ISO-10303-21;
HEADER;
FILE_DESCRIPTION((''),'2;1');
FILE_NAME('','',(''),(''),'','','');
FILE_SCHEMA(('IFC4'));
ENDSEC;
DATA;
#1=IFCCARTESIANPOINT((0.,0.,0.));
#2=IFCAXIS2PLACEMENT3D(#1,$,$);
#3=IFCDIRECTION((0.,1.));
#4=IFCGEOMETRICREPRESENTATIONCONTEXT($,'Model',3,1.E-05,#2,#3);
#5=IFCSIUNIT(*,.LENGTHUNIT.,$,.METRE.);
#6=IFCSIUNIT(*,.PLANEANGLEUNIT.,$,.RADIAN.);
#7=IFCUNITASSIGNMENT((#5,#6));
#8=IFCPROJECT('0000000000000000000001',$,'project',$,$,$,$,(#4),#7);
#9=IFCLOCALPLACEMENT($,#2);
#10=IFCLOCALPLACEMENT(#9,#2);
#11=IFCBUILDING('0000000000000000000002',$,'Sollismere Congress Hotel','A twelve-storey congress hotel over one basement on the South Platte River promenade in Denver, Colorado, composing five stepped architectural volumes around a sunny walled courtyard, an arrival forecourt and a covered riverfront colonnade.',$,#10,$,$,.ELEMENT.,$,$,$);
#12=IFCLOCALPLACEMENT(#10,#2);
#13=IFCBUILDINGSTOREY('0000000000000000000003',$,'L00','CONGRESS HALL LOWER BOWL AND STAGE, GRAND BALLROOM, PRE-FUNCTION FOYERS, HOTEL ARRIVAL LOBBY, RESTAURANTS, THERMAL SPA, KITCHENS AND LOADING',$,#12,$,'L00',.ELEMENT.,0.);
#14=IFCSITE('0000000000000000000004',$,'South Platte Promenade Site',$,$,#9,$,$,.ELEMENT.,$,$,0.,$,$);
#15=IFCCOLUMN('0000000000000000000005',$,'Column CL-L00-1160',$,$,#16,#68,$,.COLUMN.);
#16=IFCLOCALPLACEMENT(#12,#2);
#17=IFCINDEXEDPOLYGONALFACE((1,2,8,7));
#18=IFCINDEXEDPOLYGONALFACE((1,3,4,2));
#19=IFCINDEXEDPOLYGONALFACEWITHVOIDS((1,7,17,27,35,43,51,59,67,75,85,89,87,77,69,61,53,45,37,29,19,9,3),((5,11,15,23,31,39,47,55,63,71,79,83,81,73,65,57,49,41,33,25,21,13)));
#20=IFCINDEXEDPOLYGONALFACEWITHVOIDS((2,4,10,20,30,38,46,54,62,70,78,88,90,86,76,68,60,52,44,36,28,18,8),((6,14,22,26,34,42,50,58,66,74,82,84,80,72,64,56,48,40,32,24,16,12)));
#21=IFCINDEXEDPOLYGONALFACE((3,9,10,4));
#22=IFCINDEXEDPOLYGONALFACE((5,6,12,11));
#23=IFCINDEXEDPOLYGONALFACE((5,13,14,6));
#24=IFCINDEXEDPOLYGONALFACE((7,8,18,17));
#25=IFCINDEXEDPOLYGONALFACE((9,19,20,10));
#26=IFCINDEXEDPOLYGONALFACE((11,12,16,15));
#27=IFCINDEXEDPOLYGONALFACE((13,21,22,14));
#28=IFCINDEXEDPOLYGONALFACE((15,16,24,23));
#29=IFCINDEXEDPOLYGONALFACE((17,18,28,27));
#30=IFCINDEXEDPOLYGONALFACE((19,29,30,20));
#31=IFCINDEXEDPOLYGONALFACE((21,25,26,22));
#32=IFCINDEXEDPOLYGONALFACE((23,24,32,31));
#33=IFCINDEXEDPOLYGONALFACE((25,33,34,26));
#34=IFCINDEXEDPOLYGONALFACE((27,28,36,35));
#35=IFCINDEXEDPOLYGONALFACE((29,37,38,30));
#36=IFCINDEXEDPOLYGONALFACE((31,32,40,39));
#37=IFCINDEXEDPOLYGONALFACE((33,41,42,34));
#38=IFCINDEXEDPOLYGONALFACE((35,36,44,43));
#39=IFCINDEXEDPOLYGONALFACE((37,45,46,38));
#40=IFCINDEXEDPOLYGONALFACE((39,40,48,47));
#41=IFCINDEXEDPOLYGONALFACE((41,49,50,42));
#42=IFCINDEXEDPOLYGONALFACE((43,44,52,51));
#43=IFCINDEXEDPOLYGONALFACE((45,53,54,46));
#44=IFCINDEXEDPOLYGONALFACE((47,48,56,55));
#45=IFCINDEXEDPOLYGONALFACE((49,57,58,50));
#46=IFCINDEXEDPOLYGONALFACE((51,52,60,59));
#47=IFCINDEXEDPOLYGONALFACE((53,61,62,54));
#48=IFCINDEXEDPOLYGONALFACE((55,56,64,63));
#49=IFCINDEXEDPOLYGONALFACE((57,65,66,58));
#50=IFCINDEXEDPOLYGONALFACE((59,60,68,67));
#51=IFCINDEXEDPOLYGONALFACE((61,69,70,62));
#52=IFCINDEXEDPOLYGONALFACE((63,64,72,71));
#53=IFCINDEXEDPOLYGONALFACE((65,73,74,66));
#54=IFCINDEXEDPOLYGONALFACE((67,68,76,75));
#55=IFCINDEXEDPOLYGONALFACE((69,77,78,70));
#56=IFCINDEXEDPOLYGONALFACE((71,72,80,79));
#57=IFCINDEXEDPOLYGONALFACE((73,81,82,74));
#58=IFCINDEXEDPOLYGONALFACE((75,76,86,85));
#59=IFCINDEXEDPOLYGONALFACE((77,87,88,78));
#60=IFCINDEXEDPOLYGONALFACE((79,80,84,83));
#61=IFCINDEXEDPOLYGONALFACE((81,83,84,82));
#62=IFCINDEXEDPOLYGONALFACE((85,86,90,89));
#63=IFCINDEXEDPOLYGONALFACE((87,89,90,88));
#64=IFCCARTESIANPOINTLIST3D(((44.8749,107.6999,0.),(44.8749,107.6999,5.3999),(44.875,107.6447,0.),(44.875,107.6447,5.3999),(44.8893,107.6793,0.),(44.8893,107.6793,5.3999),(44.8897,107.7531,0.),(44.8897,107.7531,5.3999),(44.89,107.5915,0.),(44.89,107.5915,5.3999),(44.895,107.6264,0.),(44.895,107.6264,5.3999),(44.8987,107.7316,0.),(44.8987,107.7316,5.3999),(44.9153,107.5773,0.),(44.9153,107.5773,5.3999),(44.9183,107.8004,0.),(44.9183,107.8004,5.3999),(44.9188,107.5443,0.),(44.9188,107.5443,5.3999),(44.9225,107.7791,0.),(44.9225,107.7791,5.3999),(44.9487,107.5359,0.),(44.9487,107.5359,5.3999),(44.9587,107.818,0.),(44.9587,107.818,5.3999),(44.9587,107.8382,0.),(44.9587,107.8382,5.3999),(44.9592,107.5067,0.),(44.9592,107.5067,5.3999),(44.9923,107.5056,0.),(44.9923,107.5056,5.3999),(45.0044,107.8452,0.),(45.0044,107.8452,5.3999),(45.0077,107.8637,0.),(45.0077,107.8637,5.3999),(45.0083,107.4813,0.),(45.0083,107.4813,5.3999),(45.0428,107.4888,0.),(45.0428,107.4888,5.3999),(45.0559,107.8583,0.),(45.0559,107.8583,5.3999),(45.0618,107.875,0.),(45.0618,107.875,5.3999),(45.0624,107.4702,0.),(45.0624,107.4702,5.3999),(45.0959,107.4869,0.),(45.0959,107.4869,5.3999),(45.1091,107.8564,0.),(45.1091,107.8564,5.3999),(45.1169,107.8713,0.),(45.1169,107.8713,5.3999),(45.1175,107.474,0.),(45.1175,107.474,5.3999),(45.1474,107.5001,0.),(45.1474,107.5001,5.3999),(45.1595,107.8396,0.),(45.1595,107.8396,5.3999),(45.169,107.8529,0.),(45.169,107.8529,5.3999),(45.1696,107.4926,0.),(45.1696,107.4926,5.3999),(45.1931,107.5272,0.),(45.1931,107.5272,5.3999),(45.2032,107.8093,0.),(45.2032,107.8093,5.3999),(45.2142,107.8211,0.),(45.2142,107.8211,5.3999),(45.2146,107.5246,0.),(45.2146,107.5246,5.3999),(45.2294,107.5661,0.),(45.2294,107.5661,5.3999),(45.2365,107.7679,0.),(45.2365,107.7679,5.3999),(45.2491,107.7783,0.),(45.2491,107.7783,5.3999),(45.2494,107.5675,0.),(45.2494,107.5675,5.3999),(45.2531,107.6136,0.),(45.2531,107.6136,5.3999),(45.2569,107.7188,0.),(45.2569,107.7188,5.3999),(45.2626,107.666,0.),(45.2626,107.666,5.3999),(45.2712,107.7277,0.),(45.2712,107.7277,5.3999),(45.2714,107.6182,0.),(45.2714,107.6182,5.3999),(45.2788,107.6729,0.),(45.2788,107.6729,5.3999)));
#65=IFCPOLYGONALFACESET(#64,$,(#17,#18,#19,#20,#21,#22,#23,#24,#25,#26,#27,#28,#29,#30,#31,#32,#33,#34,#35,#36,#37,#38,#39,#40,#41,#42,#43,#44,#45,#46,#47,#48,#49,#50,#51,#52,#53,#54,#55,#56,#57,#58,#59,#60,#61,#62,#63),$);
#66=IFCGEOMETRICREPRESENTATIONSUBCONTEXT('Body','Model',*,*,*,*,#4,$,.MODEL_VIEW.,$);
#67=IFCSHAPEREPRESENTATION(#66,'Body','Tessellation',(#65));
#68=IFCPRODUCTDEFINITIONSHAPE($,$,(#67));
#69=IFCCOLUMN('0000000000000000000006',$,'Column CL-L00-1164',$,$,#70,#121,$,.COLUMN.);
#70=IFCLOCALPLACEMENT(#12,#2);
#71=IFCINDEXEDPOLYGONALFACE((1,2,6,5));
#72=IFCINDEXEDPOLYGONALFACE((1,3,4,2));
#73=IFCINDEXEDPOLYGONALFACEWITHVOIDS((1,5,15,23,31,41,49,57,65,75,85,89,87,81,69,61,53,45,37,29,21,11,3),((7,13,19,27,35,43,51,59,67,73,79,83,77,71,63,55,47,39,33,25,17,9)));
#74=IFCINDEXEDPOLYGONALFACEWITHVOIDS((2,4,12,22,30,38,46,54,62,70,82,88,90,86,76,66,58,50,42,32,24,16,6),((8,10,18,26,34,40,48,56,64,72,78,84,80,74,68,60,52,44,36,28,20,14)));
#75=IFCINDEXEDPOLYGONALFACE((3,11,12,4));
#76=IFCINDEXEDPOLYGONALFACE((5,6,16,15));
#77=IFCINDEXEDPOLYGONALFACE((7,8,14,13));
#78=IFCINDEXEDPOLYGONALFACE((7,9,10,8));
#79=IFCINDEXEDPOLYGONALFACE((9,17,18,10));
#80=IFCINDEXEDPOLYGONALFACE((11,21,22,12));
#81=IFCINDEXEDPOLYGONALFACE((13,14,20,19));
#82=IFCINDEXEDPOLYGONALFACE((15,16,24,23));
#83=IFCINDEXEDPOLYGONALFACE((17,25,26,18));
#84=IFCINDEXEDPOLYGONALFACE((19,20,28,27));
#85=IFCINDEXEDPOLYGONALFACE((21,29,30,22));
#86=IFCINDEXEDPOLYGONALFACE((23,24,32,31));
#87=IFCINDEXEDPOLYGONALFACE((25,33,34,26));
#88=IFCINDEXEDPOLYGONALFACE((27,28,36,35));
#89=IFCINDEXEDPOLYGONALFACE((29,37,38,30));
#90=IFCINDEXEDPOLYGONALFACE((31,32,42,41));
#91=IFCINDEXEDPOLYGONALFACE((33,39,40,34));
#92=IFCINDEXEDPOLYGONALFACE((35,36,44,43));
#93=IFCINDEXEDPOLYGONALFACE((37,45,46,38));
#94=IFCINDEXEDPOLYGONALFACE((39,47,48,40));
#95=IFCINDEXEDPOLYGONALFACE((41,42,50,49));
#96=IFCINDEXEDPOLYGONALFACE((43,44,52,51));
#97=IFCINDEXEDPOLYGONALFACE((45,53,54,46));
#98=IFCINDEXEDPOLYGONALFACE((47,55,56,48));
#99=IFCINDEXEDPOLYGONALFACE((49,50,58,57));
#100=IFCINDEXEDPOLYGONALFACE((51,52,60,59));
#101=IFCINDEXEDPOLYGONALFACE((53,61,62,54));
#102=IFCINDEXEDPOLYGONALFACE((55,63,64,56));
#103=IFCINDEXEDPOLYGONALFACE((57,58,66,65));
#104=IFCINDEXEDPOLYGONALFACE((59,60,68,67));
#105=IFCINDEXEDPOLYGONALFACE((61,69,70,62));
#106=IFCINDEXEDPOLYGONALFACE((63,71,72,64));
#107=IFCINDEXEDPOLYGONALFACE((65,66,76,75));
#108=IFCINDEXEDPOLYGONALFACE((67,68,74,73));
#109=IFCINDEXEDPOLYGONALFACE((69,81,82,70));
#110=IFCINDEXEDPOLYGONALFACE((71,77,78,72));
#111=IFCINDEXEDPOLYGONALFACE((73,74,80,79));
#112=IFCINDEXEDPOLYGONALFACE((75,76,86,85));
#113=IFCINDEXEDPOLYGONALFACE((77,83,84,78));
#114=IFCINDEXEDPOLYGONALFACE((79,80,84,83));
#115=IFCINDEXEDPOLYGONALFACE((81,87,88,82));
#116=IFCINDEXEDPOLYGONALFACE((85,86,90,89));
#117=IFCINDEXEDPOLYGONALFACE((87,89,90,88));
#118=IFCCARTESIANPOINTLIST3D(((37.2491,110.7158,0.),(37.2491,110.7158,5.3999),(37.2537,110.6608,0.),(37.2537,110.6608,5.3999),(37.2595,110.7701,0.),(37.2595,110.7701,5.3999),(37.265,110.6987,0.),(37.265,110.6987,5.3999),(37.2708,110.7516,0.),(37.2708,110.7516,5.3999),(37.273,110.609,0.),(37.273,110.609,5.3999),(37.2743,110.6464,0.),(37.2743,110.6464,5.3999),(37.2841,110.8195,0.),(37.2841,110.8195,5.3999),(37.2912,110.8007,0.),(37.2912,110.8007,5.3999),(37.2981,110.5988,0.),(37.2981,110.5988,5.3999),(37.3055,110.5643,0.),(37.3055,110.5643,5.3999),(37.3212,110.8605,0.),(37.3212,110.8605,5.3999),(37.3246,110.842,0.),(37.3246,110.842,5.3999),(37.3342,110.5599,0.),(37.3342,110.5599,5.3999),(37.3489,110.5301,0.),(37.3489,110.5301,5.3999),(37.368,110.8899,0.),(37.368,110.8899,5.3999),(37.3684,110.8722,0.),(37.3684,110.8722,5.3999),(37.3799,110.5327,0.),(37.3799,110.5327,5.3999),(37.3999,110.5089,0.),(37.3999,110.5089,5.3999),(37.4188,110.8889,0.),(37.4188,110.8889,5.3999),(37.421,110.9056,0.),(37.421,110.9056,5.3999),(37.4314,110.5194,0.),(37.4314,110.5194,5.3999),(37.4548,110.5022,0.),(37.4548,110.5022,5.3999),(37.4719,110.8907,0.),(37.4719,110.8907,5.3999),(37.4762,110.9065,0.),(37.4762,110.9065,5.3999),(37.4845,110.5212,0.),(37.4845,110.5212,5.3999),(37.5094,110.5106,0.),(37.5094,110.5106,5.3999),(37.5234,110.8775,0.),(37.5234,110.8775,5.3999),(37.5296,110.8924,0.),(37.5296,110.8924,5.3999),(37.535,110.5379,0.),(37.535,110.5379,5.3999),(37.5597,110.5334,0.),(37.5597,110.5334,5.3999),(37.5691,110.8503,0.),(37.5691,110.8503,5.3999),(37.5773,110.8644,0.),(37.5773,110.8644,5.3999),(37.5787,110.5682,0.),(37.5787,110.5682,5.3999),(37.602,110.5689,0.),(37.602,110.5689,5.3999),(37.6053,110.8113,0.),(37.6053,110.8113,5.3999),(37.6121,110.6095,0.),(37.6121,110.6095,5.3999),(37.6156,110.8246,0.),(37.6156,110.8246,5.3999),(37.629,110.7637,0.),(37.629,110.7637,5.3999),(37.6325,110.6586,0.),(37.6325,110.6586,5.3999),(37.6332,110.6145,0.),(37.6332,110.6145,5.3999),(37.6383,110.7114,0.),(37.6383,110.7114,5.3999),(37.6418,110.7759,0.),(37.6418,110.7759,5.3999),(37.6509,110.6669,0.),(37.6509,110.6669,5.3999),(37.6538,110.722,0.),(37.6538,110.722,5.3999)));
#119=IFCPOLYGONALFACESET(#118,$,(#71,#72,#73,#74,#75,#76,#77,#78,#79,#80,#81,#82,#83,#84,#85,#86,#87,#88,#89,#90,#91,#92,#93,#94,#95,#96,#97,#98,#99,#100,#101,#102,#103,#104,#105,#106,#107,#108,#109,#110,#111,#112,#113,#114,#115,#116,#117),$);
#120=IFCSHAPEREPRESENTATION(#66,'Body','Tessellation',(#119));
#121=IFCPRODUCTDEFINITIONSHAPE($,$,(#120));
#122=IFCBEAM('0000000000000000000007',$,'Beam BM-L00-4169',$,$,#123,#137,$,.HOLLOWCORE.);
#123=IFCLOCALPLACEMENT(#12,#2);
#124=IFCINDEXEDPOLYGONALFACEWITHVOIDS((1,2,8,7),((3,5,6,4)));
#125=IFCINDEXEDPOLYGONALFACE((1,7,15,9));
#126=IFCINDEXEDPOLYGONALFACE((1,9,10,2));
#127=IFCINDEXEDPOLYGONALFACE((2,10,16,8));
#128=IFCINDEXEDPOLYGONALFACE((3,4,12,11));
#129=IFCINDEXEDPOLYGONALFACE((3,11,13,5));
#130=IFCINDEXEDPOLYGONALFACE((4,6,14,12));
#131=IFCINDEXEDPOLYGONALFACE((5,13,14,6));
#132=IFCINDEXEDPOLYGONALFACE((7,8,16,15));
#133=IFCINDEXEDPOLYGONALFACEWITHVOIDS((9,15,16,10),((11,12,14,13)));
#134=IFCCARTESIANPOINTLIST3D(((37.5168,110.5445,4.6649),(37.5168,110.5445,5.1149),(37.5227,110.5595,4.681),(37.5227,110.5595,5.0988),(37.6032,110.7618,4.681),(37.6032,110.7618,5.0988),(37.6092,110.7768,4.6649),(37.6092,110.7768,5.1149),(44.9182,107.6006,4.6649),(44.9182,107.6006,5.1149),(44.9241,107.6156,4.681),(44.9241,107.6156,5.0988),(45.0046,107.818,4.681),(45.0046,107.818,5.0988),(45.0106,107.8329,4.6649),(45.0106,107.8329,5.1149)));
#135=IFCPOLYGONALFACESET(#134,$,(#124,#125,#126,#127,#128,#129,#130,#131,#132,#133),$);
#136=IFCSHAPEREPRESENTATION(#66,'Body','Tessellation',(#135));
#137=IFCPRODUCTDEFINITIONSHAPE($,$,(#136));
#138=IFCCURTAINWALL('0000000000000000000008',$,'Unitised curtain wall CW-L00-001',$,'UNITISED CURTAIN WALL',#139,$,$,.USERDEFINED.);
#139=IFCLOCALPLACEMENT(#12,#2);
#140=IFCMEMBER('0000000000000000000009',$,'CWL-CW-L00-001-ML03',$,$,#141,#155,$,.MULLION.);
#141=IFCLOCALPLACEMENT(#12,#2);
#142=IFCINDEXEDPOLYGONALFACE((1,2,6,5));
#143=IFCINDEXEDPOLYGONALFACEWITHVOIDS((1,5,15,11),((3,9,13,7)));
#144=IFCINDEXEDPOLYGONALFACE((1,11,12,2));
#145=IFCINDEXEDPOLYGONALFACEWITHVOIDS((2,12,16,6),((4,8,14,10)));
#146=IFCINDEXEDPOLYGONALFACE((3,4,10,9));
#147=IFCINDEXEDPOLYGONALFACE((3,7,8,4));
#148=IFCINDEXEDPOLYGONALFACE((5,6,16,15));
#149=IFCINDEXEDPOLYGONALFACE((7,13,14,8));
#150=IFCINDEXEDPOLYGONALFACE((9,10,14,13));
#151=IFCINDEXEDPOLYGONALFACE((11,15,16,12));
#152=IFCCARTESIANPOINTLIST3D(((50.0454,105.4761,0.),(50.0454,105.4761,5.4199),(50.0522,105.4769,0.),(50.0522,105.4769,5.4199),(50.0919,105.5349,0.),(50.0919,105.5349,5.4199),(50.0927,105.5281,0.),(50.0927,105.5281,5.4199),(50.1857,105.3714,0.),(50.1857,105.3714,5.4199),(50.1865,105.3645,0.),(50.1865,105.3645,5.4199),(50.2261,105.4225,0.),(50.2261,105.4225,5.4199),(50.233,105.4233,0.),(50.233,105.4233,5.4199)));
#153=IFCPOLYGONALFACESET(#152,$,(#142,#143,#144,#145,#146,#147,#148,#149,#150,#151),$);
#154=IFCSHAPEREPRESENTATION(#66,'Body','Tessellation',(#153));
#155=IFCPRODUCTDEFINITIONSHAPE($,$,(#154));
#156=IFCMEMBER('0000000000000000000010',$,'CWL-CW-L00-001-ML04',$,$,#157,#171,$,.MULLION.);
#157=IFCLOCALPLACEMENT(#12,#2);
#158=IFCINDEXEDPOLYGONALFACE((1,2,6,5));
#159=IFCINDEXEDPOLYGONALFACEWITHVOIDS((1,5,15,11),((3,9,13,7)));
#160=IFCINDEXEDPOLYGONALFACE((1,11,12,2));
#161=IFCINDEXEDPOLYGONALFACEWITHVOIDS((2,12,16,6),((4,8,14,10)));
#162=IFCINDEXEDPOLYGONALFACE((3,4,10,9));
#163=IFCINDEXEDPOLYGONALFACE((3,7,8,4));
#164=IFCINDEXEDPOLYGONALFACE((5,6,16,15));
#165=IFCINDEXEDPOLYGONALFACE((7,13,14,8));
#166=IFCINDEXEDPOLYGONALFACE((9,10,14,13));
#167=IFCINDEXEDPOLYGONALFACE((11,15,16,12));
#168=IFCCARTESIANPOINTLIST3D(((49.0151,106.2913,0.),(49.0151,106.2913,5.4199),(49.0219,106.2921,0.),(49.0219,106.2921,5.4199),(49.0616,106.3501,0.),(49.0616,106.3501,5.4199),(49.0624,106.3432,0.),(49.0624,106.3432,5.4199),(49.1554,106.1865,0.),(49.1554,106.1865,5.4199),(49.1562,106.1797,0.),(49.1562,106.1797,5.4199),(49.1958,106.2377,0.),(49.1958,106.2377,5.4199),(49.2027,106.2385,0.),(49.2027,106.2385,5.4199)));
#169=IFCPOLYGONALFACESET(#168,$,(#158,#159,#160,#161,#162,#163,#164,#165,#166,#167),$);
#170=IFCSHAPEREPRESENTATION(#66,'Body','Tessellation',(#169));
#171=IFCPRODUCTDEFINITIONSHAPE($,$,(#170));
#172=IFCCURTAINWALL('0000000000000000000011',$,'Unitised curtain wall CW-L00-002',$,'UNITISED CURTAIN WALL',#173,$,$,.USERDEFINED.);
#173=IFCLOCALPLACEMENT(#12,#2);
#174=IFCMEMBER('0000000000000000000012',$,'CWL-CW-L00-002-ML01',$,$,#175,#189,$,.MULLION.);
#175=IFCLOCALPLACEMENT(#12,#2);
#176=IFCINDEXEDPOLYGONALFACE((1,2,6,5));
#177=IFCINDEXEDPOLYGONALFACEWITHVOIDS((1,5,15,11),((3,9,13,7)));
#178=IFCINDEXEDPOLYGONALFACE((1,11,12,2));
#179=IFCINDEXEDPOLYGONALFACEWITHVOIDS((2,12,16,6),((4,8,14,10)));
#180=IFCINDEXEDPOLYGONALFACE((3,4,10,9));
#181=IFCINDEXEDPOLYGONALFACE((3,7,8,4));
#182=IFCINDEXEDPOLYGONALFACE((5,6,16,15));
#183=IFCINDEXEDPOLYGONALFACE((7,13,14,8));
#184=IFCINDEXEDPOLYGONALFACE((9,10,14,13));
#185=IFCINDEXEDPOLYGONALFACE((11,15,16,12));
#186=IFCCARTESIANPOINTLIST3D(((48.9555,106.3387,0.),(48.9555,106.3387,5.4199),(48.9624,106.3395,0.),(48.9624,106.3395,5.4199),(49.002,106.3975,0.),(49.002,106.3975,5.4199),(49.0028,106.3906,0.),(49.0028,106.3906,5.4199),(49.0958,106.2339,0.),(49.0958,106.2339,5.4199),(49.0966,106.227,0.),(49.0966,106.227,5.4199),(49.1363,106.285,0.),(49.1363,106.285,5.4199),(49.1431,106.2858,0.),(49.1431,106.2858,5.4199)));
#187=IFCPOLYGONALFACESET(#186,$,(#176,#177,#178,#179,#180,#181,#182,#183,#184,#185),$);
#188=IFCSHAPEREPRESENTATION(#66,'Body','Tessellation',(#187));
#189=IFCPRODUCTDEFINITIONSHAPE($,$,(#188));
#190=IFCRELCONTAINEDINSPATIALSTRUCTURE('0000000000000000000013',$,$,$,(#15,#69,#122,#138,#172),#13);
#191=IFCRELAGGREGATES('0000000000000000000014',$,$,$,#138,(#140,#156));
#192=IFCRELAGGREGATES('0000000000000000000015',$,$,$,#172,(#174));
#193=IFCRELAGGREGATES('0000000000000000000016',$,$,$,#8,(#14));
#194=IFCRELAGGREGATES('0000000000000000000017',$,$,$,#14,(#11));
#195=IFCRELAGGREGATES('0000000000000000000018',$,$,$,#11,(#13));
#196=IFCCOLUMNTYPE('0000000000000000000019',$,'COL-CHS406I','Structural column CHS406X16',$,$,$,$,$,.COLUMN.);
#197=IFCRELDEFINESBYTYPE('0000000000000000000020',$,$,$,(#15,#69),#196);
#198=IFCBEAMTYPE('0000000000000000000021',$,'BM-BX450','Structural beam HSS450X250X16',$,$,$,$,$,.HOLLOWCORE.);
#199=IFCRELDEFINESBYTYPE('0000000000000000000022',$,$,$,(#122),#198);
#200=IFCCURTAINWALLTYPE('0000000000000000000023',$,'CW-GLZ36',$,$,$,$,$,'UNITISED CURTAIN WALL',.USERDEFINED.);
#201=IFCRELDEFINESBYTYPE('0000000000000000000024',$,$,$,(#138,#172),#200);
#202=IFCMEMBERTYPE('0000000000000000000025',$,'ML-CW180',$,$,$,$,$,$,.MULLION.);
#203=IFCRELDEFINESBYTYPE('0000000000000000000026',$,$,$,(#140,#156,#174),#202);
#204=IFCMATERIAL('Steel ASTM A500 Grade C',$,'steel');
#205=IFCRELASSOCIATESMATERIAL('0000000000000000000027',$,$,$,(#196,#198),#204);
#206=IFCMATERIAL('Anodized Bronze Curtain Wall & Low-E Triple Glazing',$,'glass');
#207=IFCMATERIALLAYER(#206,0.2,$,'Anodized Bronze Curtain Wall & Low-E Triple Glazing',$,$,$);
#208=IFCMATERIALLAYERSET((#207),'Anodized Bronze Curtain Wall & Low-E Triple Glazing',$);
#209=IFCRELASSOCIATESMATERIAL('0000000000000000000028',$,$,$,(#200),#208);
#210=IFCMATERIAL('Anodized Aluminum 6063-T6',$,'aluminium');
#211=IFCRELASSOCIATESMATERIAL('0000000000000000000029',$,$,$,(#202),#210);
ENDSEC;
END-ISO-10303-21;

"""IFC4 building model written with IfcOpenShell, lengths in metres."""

from ifc_helpers import new_model, si_unit, direction, frame, origin, origin_2d, place, context, subcontext, project, spatial, hollow_rectangle, hollow_circle, extrude, material, layer, layer_set, material_profile, profile_set, type_object, element, aggregate, save


model = new_model("IFC4")

# Units and contexts
model_context = context("Model", 3, precision=1e-05, world=origin(), true_north=direction((0.0, 1.0)))
body_context = subcontext(model_context, "Body", "Model", "MODEL_VIEW")
ifc_project = project(units=[si_unit("LENGTHUNIT", "METRE"), si_unit("PLANEANGLEUNIT", "RADIAN")], contexts=[model_context])

# Site, building, storey
site_placement = place(None, origin())
site = spatial("IfcSite", under=ifc_project, at=site_placement, Name="South Platte Promenade Site", CompositionType="ELEMENT", RefElevation=0.0)
building_placement = place(site_placement, origin())
building = spatial("IfcBuilding", under=site, at=building_placement, Name="Sollismere Congress Hotel", Description="A twelve-storey congress hotel over one basement on the South Platte River promenade in Denver, Colorado, composing five stepped architectural volumes around a sunny walled courtyard, an arrival forecourt and a covered riverfront colonnade.", CompositionType="ELEMENT")
storey_placement = place(building_placement, origin())
storey = spatial("IfcBuildingStorey", under=building, at=storey_placement, Name="L00", Description="CONGRESS HALL LOWER BOWL AND STAGE, GRAND BALLROOM, PRE-FUNCTION FOYERS, HOTEL ARRIVAL LOBBY, RESTAURANTS, THERMAL SPA, KITCHENS AND LOADING", LongName="L00", CompositionType="ELEMENT", Elevation=0.0)

# Columns
ifc_material_1 = material(Name="Steel ASTM A500 Grade C", Category="steel")
ifc_material_profile_1 = material_profile(ifc_material_1, hollow_circle(Radius=0.2029, WallThickness=0.0161, at=origin_2d()), Name="CHS406X16")
ifc_profile_set_1 = profile_set([ifc_material_profile_1], Name="Steel ASTM A500 Grade C")
column_type = type_object("IfcColumnType", Name="COL-CHS406I", Description="Structural column CHS406X16", PredefinedType="COLUMN", material=ifc_profile_set_1)
for number, where, z_axis, x_axis, name in (
    (1, (45.0759, 107.6726, 0.0), (0.0, 0.0, 1.0), (0.68136, 0.731949, 0.0), "Column CL-L00-1160"),
    (2, (37.4517, 110.7051, 0.0), (0.0, 0.0, 1.0), (0.384295, 0.92321, 0.0), "Column CL-L00-1164"),
):
    element("IfcColumn", number, at=place(storey_placement, frame(where, z_axis=z_axis, x_axis=x_axis)), inside=storey, type_object=column_type, Name=name, PredefinedType="COLUMN", context=body_context, shape_type="SweptSolid", body=[
        extrude(hollow_circle(Radius=0.2029, WallThickness=0.0161, at=origin_2d()), origin(), (0.0, 0.0, 1.0), 5.3999),
    ])

# Beam
ifc_material_profile_2 = material_profile(ifc_material_1, hollow_rectangle(XDim=0.25, YDim=0.45, WallThickness=0.0161, at=origin_2d()), Name="HSS450X250X16")
ifc_profile_set_2 = profile_set([ifc_material_profile_2], Name="Steel ASTM A500 Grade C")
beam_type = type_object("IfcBeamType", Name="BM-BX450", Description="Structural beam HSS450X250X16", PredefinedType="HOLLOWCORE", material=ifc_profile_set_2)
beam_placement = place(storey_placement, frame((44.9644, 107.7168, 4.8899), z_axis=(-0.929198, 0.369583, 0.0), x_axis=(-0.369583, -0.929198, 0.0)))
element("IfcBeam", 3, at=beam_placement, inside=storey, type_object=beam_type, Name="Beam BM-L00-4169", PredefinedType="HOLLOWCORE", context=body_context, shape_type="SweptSolid", body=[
    extrude(hollow_rectangle(XDim=0.25, YDim=0.45, WallThickness=0.0161, at=origin_2d()), origin(), (0.0, 0.0, 1.0), 7.9653),
])

# Curtain walls, members
ifc_material_2 = material(Name="Anodized Bronze Curtain Wall & Low-E Triple Glazing", Category="glass")
ifc_layer_1 = layer(ifc_material_2, 0.2, Name="Anodized Bronze Curtain Wall & Low-E Triple Glazing")
ifc_layer_set_1 = layer_set([ifc_layer_1], Name="Anodized Bronze Curtain Wall & Low-E Triple Glazing")
curtain_wall_type = type_object("IfcCurtainWallType", Name="CW-GLZ36", ElementType="UNITISED CURTAIN WALL", PredefinedType="USERDEFINED", material=ifc_layer_set_1)
curtain_wall_1_placement = place(storey_placement, origin())
curtain_wall_1 = element("IfcCurtainWall", 4, at=curtain_wall_1_placement, inside=storey, type_object=curtain_wall_type, Name="Unitised curtain wall CW-L00-001", ObjectType="UNITISED CURTAIN WALL", PredefinedType="USERDEFINED")
ifc_material_3 = material(Name="Anodized Aluminum 6063-T6", Category="aluminium")
ifc_material_profile_3 = material_profile(ifc_material_3, hollow_rectangle(XDim=0.075, YDim=0.1799, WallThickness=0.0049, at=origin_2d()), Name="ALU180X75X5")
ifc_profile_set_3 = profile_set([ifc_material_profile_3], Name="Anodized Aluminum 6063-T6")
member_type_1 = type_object("IfcMemberType", Name="ML-CW180", PredefinedType="MULLION", material=ifc_profile_set_3)
member_1_placement = place(storey_placement, frame((50.1392, 105.4497, 0.0), z_axis=(0.0, 0.0, 1.0), x_axis=(-0.620532, -0.784181, 0.0)))
member_1 = element("IfcMember", 5, at=member_1_placement, type_object=member_type_1, Name="CWL-CW-L00-001-ML03", PredefinedType="MULLION", context=body_context, shape_type="SweptSolid", body=[
    extrude(hollow_rectangle(XDim=0.075, YDim=0.1799, WallThickness=0.0049, at=origin_2d()), origin(), (0.0, 0.0, 1.0), 5.4199),
])
member_2_placement = place(storey_placement, frame((49.1089, 106.2649, 0.0), z_axis=(0.0, 0.0, 1.0), x_axis=(-0.620532, -0.784181, 0.0)))
member_2 = element("IfcMember", 6, at=member_2_placement, type_object=member_type_1, Name="CWL-CW-L00-001-ML04", PredefinedType="MULLION", context=body_context, shape_type="SweptSolid", body=[
    extrude(hollow_rectangle(XDim=0.075, YDim=0.1799, WallThickness=0.0049, at=origin_2d()), origin(), (0.0, 0.0, 1.0), 5.4199),
])
curtain_wall_2_placement = place(storey_placement, origin())
curtain_wall_2 = element("IfcCurtainWall", 7, at=curtain_wall_2_placement, inside=storey, type_object=curtain_wall_type, Name="Unitised curtain wall CW-L00-002", ObjectType="UNITISED CURTAIN WALL", PredefinedType="USERDEFINED")
member_3_placement = place(storey_placement, frame((49.0493, 106.3123, 0.0), z_axis=(0.0, 0.0, 1.0), x_axis=(-0.620532, -0.784181, 0.0)))
member_3 = element("IfcMember", 8, at=member_3_placement, type_object=member_type_1, Name="CWL-CW-L00-002-ML01", PredefinedType="MULLION", context=body_context, shape_type="SweptSolid", body=[
    extrude(hollow_rectangle(XDim=0.075, YDim=0.1799, WallThickness=0.0049, at=origin_2d()), origin(), (0.0, 0.0, 1.0), 5.4199),
])

aggregate(curtain_wall_1, [member_1, member_2])
aggregate(curtain_wall_2, [member_3])

save(model, "model.ifc")
